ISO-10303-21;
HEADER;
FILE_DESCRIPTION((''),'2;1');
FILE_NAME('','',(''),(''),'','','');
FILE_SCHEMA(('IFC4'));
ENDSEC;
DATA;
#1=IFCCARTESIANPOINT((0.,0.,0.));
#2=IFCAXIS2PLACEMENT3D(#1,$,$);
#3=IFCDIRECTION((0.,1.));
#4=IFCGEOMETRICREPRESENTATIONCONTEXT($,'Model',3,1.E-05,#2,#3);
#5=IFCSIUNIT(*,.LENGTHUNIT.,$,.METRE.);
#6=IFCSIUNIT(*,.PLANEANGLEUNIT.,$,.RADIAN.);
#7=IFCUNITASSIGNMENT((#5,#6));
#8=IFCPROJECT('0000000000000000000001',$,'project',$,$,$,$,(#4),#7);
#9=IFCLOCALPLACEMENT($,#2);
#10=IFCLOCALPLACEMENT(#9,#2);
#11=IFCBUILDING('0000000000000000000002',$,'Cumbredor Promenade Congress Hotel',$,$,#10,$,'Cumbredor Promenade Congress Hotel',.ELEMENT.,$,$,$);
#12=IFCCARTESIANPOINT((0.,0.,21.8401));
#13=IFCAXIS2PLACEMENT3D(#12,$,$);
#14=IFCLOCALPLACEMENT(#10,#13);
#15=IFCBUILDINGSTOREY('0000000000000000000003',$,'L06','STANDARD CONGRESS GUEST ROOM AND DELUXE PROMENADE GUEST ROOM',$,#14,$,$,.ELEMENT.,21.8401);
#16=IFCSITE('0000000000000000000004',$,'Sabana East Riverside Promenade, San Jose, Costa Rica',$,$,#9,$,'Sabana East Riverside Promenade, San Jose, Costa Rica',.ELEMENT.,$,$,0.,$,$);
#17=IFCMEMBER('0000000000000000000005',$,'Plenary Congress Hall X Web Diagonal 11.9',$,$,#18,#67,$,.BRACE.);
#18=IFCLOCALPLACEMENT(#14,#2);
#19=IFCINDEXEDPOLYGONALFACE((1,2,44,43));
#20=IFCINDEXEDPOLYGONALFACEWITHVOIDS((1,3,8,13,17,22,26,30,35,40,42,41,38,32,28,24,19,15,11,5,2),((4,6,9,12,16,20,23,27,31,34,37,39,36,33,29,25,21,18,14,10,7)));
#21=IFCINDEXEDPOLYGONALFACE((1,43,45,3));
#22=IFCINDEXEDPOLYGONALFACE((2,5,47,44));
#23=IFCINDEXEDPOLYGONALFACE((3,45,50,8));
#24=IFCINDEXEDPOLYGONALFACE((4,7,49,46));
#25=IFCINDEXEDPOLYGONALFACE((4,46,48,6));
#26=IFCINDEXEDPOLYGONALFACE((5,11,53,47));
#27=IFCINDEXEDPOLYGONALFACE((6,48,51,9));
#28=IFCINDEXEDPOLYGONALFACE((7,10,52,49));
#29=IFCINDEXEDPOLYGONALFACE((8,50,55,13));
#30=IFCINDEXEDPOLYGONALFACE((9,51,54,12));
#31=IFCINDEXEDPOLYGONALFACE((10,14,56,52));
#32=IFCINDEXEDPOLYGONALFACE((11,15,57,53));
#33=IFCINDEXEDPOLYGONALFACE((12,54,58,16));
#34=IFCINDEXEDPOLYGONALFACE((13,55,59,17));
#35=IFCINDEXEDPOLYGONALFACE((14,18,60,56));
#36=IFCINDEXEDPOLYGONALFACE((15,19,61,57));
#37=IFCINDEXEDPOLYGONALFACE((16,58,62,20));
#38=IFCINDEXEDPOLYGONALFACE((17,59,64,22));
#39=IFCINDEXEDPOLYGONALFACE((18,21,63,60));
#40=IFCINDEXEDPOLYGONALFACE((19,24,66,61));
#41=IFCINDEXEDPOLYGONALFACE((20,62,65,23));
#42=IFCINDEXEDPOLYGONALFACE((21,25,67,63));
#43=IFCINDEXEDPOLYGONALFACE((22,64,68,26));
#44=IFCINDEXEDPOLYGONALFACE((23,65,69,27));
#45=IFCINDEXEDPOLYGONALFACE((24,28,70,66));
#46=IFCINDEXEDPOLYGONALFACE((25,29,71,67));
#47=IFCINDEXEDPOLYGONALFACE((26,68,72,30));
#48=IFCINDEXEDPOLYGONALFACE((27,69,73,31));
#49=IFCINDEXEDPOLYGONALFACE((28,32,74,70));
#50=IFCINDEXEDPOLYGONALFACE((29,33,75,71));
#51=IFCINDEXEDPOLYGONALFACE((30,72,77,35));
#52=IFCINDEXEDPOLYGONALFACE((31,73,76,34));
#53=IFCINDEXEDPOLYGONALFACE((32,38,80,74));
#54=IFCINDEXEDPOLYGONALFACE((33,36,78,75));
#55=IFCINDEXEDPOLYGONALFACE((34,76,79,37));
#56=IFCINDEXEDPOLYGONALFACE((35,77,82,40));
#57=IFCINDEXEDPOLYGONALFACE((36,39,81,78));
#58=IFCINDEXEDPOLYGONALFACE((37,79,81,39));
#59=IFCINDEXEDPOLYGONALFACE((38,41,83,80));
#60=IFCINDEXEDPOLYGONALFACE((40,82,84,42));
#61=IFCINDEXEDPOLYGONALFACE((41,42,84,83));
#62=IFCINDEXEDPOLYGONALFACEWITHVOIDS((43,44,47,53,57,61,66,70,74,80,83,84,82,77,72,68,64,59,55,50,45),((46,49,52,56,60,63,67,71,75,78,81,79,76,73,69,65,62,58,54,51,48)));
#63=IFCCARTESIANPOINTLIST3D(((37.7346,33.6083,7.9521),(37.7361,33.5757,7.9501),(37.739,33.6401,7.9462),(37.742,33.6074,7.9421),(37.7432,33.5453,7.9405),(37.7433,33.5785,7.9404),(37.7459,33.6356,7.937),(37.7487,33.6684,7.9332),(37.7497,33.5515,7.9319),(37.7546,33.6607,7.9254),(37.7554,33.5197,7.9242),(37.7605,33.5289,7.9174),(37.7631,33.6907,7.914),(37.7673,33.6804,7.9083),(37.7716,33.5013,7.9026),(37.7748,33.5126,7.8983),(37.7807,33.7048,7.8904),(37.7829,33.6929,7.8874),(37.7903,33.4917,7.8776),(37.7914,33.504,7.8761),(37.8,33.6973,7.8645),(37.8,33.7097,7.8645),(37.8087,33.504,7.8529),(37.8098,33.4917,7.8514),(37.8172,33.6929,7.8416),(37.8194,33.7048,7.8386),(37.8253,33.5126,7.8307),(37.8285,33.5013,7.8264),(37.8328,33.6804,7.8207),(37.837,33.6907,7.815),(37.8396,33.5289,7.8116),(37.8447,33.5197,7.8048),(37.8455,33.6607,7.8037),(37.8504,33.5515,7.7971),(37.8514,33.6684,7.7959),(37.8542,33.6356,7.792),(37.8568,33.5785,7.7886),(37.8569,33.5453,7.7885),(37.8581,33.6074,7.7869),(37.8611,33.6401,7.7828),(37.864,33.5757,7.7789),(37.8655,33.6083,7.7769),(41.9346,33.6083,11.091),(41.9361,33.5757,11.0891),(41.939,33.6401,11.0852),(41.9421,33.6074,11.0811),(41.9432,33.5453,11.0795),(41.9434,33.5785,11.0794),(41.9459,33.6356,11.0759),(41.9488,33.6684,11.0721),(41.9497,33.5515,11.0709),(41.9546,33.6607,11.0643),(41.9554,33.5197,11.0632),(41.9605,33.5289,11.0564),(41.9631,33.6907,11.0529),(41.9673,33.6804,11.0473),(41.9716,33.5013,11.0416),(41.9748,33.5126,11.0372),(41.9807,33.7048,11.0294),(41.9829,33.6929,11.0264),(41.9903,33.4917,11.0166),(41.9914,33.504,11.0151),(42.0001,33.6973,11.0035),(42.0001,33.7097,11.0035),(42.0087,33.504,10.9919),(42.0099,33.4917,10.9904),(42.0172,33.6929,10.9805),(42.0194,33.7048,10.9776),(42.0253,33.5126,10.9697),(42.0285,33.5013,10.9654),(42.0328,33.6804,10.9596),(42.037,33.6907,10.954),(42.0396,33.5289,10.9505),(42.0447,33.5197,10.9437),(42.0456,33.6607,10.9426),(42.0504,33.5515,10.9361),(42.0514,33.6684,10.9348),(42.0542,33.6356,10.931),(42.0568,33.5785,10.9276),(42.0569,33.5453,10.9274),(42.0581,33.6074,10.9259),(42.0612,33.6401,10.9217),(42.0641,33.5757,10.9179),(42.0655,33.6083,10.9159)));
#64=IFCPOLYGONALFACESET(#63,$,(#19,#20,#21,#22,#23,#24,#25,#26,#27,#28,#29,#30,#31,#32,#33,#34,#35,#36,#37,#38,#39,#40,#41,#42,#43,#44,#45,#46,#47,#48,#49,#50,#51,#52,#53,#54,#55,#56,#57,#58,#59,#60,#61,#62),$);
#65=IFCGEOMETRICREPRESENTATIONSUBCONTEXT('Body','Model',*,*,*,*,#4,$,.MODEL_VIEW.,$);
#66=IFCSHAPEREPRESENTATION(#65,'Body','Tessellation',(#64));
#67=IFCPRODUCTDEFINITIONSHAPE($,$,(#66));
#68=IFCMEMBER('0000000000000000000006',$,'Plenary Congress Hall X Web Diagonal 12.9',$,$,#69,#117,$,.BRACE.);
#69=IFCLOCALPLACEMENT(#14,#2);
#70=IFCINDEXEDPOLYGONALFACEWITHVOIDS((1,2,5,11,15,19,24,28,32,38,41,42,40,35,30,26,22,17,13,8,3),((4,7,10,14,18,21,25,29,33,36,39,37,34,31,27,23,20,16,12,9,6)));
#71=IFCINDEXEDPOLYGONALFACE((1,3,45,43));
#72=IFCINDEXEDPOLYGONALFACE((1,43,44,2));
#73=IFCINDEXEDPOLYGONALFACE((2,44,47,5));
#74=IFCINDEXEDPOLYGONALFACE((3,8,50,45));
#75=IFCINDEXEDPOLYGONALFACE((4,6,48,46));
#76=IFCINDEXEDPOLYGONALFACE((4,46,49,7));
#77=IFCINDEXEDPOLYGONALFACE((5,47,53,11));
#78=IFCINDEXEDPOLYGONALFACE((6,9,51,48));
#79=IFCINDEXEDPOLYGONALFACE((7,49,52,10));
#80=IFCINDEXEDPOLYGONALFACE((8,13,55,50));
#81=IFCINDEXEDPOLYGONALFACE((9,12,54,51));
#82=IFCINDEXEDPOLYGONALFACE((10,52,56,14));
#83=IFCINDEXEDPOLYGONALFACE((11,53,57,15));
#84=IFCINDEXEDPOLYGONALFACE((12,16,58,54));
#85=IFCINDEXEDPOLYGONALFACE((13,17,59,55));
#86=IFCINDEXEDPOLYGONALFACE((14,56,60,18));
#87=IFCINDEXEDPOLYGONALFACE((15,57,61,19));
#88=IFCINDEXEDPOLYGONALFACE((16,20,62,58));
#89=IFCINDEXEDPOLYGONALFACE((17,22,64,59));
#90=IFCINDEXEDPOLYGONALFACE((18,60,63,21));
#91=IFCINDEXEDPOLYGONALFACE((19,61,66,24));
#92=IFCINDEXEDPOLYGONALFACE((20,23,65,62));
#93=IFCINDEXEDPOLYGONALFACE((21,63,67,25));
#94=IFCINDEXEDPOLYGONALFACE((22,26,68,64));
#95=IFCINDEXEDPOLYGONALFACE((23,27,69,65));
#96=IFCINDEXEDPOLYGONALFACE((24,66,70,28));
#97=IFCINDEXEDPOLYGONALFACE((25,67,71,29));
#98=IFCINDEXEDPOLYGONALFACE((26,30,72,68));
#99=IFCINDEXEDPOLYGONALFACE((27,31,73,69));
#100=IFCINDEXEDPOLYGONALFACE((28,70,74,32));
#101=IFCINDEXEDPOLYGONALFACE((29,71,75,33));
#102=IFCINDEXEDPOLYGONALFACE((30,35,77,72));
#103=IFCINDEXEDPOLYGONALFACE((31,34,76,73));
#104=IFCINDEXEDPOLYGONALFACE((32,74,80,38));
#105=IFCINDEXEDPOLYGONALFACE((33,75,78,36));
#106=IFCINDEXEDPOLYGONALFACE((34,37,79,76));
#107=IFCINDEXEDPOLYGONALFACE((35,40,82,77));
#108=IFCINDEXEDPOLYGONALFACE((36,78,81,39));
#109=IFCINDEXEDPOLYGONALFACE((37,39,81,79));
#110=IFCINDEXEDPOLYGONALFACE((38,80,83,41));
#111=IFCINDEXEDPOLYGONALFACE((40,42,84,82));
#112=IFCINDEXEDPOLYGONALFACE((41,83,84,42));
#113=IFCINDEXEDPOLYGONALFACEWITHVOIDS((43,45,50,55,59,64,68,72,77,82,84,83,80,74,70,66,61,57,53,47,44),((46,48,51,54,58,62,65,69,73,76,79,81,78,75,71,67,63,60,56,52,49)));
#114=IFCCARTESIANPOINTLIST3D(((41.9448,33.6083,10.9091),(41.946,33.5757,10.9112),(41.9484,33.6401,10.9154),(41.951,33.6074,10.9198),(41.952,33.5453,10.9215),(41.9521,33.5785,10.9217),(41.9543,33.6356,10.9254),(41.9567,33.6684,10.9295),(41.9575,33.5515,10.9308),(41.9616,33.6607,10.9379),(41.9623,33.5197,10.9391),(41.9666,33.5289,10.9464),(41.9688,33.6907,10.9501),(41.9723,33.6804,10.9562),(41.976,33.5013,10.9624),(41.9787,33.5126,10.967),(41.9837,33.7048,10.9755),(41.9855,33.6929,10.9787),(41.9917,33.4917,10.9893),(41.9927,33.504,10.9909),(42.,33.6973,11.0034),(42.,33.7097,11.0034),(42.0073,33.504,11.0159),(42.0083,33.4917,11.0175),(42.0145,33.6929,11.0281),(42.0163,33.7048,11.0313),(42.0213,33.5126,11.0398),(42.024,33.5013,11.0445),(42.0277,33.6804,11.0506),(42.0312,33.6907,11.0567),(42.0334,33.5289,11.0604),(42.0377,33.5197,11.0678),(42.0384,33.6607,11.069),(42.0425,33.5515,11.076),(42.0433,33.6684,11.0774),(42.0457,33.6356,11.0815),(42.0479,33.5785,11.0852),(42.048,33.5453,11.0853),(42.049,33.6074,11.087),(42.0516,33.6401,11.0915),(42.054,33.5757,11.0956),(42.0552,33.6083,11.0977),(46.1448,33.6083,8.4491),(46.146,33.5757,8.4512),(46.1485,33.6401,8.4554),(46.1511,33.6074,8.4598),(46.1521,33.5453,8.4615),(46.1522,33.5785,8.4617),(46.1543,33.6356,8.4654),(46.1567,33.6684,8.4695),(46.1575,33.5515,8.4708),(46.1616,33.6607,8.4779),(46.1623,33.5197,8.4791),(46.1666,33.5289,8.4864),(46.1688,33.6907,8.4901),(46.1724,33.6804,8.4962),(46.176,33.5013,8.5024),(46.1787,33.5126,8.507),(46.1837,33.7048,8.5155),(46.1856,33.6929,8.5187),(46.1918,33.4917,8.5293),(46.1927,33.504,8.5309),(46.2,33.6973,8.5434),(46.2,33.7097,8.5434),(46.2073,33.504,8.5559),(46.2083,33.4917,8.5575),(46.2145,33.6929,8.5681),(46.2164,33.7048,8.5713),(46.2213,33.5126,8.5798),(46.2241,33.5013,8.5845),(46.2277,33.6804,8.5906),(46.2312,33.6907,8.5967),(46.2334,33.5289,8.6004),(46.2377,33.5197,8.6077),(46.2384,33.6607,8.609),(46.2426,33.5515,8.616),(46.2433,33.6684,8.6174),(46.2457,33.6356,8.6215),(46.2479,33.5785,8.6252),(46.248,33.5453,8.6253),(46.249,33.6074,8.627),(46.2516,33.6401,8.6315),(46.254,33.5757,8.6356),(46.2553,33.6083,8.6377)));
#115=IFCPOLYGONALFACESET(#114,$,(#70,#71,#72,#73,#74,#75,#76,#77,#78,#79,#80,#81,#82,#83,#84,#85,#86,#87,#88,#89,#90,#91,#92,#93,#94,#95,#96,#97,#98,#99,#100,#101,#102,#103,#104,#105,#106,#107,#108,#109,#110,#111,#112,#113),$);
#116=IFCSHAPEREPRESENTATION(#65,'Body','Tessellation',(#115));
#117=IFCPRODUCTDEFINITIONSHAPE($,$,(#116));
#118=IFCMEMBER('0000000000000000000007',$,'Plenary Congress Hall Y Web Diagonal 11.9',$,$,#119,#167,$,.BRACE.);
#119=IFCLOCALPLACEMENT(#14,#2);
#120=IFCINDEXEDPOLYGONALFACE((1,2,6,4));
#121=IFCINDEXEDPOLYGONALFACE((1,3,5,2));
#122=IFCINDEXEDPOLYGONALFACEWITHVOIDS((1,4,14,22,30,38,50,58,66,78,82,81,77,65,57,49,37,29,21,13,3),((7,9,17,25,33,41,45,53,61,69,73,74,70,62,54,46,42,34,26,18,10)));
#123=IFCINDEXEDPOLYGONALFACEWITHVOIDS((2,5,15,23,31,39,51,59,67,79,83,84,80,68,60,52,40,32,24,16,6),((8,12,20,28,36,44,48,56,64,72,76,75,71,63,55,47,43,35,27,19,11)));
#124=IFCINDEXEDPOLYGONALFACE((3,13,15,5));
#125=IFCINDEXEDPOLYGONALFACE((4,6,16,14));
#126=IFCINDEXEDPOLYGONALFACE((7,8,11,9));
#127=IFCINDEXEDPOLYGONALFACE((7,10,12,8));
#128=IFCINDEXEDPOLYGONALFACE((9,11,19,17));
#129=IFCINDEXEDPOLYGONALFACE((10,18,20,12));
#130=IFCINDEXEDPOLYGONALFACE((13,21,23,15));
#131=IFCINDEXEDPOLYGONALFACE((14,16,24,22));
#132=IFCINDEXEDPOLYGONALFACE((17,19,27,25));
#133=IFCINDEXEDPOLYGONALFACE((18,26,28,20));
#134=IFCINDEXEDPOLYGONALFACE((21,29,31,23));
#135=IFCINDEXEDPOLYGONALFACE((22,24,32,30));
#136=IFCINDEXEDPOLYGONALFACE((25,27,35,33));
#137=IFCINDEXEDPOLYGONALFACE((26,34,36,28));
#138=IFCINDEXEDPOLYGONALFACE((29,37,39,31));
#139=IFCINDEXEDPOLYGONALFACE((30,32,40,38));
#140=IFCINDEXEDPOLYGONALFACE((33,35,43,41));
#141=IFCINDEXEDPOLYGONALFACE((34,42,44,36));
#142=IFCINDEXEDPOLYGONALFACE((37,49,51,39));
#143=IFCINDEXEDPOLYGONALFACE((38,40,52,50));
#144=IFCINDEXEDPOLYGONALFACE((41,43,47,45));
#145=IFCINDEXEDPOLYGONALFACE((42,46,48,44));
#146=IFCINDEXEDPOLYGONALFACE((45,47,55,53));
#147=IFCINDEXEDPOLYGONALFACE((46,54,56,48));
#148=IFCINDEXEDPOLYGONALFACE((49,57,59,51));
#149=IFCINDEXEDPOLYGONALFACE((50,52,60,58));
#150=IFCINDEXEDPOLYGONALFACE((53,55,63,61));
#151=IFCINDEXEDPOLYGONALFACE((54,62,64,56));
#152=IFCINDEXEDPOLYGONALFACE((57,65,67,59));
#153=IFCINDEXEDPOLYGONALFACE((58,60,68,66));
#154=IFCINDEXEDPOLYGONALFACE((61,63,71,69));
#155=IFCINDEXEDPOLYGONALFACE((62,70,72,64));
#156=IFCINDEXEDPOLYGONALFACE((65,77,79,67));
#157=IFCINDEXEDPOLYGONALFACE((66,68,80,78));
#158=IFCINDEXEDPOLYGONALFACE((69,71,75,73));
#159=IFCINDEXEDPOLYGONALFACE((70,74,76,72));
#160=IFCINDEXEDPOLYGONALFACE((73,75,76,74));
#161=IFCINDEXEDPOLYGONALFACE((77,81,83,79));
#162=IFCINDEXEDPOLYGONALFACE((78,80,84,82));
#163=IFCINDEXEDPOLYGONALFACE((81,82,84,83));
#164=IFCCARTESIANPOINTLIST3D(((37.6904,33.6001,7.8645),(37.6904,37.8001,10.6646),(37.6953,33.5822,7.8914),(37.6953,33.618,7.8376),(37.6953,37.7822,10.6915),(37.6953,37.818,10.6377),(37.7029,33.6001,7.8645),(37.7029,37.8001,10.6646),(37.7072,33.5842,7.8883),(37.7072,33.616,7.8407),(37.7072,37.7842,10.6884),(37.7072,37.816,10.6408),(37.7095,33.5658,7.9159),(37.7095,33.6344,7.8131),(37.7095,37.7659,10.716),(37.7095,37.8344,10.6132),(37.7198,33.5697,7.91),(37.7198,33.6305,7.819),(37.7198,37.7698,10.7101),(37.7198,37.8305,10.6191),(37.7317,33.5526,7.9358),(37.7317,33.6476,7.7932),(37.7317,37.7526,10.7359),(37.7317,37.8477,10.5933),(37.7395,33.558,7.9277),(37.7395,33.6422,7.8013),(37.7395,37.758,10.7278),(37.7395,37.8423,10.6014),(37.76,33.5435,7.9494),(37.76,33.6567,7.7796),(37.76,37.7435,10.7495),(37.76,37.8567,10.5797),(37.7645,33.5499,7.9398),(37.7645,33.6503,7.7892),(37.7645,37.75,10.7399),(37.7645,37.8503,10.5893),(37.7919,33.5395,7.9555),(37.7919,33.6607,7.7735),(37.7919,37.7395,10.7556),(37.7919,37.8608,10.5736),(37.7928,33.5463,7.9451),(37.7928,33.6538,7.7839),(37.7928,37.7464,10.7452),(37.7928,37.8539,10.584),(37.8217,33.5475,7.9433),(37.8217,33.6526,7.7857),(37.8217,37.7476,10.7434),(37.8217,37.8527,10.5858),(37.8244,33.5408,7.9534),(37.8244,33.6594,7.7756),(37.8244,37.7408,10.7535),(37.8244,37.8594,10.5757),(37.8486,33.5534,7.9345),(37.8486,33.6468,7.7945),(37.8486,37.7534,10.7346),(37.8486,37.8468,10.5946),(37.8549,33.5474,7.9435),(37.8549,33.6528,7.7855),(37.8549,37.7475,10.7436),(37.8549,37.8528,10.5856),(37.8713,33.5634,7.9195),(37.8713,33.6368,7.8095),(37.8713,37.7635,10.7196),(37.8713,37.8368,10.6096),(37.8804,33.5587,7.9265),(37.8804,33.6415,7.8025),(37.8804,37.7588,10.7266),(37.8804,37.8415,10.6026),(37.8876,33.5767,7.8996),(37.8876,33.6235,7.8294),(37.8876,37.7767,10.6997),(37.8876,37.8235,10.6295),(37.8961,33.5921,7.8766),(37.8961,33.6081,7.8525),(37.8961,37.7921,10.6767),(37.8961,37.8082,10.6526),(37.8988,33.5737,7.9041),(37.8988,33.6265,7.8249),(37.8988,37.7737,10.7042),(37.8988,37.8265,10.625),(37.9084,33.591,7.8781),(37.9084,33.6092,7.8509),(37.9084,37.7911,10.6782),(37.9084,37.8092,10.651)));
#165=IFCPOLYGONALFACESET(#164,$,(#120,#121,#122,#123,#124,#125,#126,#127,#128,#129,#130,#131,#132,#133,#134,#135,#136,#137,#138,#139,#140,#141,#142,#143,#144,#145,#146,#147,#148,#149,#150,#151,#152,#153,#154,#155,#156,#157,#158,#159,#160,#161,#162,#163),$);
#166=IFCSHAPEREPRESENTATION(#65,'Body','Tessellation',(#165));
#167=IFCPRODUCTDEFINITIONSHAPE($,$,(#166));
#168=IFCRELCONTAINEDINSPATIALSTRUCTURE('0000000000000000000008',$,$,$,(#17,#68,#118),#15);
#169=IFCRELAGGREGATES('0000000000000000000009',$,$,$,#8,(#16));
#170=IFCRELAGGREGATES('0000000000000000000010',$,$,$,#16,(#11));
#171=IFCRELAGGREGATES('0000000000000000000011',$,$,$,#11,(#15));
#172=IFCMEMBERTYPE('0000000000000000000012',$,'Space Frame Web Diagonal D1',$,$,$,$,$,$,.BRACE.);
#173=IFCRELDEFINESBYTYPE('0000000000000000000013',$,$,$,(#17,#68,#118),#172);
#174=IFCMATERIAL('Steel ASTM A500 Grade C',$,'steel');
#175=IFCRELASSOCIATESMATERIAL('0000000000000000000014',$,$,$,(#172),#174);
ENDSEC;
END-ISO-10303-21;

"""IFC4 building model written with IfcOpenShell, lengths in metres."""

from ifc_helpers import new_model, si_unit, direction, frame, origin, origin_2d, place, context, subcontext, project, spatial, hollow_circle, extrude, material, material_profile, profile_set, type_object, element, save


model = new_model("IFC4")

# Units and contexts
model_context = context("Model", 3, precision=1e-05, world=origin(), true_north=direction((0.0, 1.0)))
body_context = subcontext(model_context, "Body", "Model", "MODEL_VIEW")
ifc_project = project(units=[si_unit("LENGTHUNIT", "METRE"), si_unit("PLANEANGLEUNIT", "RADIAN")], contexts=[model_context])

# Site, building, storey
site_placement = place(None, origin())
site = spatial("IfcSite", under=ifc_project, at=site_placement, Name="Sabana East Riverside Promenade, San Jose, Costa Rica", LongName="Sabana East Riverside Promenade, San Jose, Costa Rica", CompositionType="ELEMENT", RefElevation=0.0)
building_placement = place(site_placement, origin())
building = spatial("IfcBuilding", under=site, at=building_placement, Name="Cumbredor Promenade Congress Hotel", LongName="Cumbredor Promenade Congress Hotel", CompositionType="ELEMENT")
storey_placement = place(building_placement, frame((0.0, 0.0, 21.8401)))
storey = spatial("IfcBuildingStorey", under=building, at=storey_placement, Name="L06", Description="STANDARD CONGRESS GUEST ROOM AND DELUXE PROMENADE GUEST ROOM", CompositionType="ELEMENT", Elevation=21.8401)

# Members
ifc_material_1 = material(Name="Steel ASTM A500 Grade C", Category="steel")
ifc_material_profile_1 = material_profile(ifc_material_1, hollow_circle(Radius=0.1096, WallThickness=0.0125, at=origin_2d()), Name="CHS 219.1x12.5")
ifc_profile_set_1 = profile_set([ifc_material_profile_1], Name="Steel ASTM A500 Grade C")
member_type_1 = type_object("IfcMemberType", Name="Space Frame Web Diagonal D1", PredefinedType="BRACE", material=ifc_profile_set_1)
member_1_placement = place(storey_placement, frame((37.8, 33.6001, 7.8645), z_axis=(0.80101, 0.0, 0.598651), x_axis=(0.0, 1.0, 0.0)))
element("IfcMember", 1, at=member_1_placement, inside=storey, type_object=member_type_1, Name="Plenary Congress Hall X Web Diagonal 11.9", PredefinedType="BRACE", context=body_context, shape_type="SweptSolid", body=[
    extrude(hollow_circle(Radius=0.1096, WallThickness=0.0125, at=origin_2d()), origin(), (0.0, 0.0, 1.0), 5.2434),
])
member_2_placement = place(storey_placement, frame((42.0, 33.6001, 11.0034), z_axis=(0.862884, 0.0, -0.505402), x_axis=(0.0, 1.0, 0.0)))
element("IfcMember", 2, at=member_2_placement, inside=storey, type_object=member_type_1, Name="Plenary Congress Hall X Web Diagonal 12.9", PredefinedType="BRACE", context=body_context, shape_type="SweptSolid", body=[
    extrude(hollow_circle(Radius=0.1096, WallThickness=0.0125, at=origin_2d()), origin(), (0.0, 0.0, 1.0), 4.8674),
])
member_3_placement = place(storey_placement, frame((37.8, 33.6001, 7.8645), z_axis=(0.0, 0.832043, 0.554711), x_axis=(-1.0, 0.0, 0.0)))
element("IfcMember", 3, at=member_3_placement, inside=storey, type_object=member_type_1, Name="Plenary Congress Hall Y Web Diagonal 11.9", PredefinedType="BRACE", context=body_context, shape_type="SweptSolid", body=[
    extrude(hollow_circle(Radius=0.1096, WallThickness=0.0125, at=origin_2d()), origin(), (0.0, 0.0, 1.0), 5.0479),
])

save(model, "model.ifc")
